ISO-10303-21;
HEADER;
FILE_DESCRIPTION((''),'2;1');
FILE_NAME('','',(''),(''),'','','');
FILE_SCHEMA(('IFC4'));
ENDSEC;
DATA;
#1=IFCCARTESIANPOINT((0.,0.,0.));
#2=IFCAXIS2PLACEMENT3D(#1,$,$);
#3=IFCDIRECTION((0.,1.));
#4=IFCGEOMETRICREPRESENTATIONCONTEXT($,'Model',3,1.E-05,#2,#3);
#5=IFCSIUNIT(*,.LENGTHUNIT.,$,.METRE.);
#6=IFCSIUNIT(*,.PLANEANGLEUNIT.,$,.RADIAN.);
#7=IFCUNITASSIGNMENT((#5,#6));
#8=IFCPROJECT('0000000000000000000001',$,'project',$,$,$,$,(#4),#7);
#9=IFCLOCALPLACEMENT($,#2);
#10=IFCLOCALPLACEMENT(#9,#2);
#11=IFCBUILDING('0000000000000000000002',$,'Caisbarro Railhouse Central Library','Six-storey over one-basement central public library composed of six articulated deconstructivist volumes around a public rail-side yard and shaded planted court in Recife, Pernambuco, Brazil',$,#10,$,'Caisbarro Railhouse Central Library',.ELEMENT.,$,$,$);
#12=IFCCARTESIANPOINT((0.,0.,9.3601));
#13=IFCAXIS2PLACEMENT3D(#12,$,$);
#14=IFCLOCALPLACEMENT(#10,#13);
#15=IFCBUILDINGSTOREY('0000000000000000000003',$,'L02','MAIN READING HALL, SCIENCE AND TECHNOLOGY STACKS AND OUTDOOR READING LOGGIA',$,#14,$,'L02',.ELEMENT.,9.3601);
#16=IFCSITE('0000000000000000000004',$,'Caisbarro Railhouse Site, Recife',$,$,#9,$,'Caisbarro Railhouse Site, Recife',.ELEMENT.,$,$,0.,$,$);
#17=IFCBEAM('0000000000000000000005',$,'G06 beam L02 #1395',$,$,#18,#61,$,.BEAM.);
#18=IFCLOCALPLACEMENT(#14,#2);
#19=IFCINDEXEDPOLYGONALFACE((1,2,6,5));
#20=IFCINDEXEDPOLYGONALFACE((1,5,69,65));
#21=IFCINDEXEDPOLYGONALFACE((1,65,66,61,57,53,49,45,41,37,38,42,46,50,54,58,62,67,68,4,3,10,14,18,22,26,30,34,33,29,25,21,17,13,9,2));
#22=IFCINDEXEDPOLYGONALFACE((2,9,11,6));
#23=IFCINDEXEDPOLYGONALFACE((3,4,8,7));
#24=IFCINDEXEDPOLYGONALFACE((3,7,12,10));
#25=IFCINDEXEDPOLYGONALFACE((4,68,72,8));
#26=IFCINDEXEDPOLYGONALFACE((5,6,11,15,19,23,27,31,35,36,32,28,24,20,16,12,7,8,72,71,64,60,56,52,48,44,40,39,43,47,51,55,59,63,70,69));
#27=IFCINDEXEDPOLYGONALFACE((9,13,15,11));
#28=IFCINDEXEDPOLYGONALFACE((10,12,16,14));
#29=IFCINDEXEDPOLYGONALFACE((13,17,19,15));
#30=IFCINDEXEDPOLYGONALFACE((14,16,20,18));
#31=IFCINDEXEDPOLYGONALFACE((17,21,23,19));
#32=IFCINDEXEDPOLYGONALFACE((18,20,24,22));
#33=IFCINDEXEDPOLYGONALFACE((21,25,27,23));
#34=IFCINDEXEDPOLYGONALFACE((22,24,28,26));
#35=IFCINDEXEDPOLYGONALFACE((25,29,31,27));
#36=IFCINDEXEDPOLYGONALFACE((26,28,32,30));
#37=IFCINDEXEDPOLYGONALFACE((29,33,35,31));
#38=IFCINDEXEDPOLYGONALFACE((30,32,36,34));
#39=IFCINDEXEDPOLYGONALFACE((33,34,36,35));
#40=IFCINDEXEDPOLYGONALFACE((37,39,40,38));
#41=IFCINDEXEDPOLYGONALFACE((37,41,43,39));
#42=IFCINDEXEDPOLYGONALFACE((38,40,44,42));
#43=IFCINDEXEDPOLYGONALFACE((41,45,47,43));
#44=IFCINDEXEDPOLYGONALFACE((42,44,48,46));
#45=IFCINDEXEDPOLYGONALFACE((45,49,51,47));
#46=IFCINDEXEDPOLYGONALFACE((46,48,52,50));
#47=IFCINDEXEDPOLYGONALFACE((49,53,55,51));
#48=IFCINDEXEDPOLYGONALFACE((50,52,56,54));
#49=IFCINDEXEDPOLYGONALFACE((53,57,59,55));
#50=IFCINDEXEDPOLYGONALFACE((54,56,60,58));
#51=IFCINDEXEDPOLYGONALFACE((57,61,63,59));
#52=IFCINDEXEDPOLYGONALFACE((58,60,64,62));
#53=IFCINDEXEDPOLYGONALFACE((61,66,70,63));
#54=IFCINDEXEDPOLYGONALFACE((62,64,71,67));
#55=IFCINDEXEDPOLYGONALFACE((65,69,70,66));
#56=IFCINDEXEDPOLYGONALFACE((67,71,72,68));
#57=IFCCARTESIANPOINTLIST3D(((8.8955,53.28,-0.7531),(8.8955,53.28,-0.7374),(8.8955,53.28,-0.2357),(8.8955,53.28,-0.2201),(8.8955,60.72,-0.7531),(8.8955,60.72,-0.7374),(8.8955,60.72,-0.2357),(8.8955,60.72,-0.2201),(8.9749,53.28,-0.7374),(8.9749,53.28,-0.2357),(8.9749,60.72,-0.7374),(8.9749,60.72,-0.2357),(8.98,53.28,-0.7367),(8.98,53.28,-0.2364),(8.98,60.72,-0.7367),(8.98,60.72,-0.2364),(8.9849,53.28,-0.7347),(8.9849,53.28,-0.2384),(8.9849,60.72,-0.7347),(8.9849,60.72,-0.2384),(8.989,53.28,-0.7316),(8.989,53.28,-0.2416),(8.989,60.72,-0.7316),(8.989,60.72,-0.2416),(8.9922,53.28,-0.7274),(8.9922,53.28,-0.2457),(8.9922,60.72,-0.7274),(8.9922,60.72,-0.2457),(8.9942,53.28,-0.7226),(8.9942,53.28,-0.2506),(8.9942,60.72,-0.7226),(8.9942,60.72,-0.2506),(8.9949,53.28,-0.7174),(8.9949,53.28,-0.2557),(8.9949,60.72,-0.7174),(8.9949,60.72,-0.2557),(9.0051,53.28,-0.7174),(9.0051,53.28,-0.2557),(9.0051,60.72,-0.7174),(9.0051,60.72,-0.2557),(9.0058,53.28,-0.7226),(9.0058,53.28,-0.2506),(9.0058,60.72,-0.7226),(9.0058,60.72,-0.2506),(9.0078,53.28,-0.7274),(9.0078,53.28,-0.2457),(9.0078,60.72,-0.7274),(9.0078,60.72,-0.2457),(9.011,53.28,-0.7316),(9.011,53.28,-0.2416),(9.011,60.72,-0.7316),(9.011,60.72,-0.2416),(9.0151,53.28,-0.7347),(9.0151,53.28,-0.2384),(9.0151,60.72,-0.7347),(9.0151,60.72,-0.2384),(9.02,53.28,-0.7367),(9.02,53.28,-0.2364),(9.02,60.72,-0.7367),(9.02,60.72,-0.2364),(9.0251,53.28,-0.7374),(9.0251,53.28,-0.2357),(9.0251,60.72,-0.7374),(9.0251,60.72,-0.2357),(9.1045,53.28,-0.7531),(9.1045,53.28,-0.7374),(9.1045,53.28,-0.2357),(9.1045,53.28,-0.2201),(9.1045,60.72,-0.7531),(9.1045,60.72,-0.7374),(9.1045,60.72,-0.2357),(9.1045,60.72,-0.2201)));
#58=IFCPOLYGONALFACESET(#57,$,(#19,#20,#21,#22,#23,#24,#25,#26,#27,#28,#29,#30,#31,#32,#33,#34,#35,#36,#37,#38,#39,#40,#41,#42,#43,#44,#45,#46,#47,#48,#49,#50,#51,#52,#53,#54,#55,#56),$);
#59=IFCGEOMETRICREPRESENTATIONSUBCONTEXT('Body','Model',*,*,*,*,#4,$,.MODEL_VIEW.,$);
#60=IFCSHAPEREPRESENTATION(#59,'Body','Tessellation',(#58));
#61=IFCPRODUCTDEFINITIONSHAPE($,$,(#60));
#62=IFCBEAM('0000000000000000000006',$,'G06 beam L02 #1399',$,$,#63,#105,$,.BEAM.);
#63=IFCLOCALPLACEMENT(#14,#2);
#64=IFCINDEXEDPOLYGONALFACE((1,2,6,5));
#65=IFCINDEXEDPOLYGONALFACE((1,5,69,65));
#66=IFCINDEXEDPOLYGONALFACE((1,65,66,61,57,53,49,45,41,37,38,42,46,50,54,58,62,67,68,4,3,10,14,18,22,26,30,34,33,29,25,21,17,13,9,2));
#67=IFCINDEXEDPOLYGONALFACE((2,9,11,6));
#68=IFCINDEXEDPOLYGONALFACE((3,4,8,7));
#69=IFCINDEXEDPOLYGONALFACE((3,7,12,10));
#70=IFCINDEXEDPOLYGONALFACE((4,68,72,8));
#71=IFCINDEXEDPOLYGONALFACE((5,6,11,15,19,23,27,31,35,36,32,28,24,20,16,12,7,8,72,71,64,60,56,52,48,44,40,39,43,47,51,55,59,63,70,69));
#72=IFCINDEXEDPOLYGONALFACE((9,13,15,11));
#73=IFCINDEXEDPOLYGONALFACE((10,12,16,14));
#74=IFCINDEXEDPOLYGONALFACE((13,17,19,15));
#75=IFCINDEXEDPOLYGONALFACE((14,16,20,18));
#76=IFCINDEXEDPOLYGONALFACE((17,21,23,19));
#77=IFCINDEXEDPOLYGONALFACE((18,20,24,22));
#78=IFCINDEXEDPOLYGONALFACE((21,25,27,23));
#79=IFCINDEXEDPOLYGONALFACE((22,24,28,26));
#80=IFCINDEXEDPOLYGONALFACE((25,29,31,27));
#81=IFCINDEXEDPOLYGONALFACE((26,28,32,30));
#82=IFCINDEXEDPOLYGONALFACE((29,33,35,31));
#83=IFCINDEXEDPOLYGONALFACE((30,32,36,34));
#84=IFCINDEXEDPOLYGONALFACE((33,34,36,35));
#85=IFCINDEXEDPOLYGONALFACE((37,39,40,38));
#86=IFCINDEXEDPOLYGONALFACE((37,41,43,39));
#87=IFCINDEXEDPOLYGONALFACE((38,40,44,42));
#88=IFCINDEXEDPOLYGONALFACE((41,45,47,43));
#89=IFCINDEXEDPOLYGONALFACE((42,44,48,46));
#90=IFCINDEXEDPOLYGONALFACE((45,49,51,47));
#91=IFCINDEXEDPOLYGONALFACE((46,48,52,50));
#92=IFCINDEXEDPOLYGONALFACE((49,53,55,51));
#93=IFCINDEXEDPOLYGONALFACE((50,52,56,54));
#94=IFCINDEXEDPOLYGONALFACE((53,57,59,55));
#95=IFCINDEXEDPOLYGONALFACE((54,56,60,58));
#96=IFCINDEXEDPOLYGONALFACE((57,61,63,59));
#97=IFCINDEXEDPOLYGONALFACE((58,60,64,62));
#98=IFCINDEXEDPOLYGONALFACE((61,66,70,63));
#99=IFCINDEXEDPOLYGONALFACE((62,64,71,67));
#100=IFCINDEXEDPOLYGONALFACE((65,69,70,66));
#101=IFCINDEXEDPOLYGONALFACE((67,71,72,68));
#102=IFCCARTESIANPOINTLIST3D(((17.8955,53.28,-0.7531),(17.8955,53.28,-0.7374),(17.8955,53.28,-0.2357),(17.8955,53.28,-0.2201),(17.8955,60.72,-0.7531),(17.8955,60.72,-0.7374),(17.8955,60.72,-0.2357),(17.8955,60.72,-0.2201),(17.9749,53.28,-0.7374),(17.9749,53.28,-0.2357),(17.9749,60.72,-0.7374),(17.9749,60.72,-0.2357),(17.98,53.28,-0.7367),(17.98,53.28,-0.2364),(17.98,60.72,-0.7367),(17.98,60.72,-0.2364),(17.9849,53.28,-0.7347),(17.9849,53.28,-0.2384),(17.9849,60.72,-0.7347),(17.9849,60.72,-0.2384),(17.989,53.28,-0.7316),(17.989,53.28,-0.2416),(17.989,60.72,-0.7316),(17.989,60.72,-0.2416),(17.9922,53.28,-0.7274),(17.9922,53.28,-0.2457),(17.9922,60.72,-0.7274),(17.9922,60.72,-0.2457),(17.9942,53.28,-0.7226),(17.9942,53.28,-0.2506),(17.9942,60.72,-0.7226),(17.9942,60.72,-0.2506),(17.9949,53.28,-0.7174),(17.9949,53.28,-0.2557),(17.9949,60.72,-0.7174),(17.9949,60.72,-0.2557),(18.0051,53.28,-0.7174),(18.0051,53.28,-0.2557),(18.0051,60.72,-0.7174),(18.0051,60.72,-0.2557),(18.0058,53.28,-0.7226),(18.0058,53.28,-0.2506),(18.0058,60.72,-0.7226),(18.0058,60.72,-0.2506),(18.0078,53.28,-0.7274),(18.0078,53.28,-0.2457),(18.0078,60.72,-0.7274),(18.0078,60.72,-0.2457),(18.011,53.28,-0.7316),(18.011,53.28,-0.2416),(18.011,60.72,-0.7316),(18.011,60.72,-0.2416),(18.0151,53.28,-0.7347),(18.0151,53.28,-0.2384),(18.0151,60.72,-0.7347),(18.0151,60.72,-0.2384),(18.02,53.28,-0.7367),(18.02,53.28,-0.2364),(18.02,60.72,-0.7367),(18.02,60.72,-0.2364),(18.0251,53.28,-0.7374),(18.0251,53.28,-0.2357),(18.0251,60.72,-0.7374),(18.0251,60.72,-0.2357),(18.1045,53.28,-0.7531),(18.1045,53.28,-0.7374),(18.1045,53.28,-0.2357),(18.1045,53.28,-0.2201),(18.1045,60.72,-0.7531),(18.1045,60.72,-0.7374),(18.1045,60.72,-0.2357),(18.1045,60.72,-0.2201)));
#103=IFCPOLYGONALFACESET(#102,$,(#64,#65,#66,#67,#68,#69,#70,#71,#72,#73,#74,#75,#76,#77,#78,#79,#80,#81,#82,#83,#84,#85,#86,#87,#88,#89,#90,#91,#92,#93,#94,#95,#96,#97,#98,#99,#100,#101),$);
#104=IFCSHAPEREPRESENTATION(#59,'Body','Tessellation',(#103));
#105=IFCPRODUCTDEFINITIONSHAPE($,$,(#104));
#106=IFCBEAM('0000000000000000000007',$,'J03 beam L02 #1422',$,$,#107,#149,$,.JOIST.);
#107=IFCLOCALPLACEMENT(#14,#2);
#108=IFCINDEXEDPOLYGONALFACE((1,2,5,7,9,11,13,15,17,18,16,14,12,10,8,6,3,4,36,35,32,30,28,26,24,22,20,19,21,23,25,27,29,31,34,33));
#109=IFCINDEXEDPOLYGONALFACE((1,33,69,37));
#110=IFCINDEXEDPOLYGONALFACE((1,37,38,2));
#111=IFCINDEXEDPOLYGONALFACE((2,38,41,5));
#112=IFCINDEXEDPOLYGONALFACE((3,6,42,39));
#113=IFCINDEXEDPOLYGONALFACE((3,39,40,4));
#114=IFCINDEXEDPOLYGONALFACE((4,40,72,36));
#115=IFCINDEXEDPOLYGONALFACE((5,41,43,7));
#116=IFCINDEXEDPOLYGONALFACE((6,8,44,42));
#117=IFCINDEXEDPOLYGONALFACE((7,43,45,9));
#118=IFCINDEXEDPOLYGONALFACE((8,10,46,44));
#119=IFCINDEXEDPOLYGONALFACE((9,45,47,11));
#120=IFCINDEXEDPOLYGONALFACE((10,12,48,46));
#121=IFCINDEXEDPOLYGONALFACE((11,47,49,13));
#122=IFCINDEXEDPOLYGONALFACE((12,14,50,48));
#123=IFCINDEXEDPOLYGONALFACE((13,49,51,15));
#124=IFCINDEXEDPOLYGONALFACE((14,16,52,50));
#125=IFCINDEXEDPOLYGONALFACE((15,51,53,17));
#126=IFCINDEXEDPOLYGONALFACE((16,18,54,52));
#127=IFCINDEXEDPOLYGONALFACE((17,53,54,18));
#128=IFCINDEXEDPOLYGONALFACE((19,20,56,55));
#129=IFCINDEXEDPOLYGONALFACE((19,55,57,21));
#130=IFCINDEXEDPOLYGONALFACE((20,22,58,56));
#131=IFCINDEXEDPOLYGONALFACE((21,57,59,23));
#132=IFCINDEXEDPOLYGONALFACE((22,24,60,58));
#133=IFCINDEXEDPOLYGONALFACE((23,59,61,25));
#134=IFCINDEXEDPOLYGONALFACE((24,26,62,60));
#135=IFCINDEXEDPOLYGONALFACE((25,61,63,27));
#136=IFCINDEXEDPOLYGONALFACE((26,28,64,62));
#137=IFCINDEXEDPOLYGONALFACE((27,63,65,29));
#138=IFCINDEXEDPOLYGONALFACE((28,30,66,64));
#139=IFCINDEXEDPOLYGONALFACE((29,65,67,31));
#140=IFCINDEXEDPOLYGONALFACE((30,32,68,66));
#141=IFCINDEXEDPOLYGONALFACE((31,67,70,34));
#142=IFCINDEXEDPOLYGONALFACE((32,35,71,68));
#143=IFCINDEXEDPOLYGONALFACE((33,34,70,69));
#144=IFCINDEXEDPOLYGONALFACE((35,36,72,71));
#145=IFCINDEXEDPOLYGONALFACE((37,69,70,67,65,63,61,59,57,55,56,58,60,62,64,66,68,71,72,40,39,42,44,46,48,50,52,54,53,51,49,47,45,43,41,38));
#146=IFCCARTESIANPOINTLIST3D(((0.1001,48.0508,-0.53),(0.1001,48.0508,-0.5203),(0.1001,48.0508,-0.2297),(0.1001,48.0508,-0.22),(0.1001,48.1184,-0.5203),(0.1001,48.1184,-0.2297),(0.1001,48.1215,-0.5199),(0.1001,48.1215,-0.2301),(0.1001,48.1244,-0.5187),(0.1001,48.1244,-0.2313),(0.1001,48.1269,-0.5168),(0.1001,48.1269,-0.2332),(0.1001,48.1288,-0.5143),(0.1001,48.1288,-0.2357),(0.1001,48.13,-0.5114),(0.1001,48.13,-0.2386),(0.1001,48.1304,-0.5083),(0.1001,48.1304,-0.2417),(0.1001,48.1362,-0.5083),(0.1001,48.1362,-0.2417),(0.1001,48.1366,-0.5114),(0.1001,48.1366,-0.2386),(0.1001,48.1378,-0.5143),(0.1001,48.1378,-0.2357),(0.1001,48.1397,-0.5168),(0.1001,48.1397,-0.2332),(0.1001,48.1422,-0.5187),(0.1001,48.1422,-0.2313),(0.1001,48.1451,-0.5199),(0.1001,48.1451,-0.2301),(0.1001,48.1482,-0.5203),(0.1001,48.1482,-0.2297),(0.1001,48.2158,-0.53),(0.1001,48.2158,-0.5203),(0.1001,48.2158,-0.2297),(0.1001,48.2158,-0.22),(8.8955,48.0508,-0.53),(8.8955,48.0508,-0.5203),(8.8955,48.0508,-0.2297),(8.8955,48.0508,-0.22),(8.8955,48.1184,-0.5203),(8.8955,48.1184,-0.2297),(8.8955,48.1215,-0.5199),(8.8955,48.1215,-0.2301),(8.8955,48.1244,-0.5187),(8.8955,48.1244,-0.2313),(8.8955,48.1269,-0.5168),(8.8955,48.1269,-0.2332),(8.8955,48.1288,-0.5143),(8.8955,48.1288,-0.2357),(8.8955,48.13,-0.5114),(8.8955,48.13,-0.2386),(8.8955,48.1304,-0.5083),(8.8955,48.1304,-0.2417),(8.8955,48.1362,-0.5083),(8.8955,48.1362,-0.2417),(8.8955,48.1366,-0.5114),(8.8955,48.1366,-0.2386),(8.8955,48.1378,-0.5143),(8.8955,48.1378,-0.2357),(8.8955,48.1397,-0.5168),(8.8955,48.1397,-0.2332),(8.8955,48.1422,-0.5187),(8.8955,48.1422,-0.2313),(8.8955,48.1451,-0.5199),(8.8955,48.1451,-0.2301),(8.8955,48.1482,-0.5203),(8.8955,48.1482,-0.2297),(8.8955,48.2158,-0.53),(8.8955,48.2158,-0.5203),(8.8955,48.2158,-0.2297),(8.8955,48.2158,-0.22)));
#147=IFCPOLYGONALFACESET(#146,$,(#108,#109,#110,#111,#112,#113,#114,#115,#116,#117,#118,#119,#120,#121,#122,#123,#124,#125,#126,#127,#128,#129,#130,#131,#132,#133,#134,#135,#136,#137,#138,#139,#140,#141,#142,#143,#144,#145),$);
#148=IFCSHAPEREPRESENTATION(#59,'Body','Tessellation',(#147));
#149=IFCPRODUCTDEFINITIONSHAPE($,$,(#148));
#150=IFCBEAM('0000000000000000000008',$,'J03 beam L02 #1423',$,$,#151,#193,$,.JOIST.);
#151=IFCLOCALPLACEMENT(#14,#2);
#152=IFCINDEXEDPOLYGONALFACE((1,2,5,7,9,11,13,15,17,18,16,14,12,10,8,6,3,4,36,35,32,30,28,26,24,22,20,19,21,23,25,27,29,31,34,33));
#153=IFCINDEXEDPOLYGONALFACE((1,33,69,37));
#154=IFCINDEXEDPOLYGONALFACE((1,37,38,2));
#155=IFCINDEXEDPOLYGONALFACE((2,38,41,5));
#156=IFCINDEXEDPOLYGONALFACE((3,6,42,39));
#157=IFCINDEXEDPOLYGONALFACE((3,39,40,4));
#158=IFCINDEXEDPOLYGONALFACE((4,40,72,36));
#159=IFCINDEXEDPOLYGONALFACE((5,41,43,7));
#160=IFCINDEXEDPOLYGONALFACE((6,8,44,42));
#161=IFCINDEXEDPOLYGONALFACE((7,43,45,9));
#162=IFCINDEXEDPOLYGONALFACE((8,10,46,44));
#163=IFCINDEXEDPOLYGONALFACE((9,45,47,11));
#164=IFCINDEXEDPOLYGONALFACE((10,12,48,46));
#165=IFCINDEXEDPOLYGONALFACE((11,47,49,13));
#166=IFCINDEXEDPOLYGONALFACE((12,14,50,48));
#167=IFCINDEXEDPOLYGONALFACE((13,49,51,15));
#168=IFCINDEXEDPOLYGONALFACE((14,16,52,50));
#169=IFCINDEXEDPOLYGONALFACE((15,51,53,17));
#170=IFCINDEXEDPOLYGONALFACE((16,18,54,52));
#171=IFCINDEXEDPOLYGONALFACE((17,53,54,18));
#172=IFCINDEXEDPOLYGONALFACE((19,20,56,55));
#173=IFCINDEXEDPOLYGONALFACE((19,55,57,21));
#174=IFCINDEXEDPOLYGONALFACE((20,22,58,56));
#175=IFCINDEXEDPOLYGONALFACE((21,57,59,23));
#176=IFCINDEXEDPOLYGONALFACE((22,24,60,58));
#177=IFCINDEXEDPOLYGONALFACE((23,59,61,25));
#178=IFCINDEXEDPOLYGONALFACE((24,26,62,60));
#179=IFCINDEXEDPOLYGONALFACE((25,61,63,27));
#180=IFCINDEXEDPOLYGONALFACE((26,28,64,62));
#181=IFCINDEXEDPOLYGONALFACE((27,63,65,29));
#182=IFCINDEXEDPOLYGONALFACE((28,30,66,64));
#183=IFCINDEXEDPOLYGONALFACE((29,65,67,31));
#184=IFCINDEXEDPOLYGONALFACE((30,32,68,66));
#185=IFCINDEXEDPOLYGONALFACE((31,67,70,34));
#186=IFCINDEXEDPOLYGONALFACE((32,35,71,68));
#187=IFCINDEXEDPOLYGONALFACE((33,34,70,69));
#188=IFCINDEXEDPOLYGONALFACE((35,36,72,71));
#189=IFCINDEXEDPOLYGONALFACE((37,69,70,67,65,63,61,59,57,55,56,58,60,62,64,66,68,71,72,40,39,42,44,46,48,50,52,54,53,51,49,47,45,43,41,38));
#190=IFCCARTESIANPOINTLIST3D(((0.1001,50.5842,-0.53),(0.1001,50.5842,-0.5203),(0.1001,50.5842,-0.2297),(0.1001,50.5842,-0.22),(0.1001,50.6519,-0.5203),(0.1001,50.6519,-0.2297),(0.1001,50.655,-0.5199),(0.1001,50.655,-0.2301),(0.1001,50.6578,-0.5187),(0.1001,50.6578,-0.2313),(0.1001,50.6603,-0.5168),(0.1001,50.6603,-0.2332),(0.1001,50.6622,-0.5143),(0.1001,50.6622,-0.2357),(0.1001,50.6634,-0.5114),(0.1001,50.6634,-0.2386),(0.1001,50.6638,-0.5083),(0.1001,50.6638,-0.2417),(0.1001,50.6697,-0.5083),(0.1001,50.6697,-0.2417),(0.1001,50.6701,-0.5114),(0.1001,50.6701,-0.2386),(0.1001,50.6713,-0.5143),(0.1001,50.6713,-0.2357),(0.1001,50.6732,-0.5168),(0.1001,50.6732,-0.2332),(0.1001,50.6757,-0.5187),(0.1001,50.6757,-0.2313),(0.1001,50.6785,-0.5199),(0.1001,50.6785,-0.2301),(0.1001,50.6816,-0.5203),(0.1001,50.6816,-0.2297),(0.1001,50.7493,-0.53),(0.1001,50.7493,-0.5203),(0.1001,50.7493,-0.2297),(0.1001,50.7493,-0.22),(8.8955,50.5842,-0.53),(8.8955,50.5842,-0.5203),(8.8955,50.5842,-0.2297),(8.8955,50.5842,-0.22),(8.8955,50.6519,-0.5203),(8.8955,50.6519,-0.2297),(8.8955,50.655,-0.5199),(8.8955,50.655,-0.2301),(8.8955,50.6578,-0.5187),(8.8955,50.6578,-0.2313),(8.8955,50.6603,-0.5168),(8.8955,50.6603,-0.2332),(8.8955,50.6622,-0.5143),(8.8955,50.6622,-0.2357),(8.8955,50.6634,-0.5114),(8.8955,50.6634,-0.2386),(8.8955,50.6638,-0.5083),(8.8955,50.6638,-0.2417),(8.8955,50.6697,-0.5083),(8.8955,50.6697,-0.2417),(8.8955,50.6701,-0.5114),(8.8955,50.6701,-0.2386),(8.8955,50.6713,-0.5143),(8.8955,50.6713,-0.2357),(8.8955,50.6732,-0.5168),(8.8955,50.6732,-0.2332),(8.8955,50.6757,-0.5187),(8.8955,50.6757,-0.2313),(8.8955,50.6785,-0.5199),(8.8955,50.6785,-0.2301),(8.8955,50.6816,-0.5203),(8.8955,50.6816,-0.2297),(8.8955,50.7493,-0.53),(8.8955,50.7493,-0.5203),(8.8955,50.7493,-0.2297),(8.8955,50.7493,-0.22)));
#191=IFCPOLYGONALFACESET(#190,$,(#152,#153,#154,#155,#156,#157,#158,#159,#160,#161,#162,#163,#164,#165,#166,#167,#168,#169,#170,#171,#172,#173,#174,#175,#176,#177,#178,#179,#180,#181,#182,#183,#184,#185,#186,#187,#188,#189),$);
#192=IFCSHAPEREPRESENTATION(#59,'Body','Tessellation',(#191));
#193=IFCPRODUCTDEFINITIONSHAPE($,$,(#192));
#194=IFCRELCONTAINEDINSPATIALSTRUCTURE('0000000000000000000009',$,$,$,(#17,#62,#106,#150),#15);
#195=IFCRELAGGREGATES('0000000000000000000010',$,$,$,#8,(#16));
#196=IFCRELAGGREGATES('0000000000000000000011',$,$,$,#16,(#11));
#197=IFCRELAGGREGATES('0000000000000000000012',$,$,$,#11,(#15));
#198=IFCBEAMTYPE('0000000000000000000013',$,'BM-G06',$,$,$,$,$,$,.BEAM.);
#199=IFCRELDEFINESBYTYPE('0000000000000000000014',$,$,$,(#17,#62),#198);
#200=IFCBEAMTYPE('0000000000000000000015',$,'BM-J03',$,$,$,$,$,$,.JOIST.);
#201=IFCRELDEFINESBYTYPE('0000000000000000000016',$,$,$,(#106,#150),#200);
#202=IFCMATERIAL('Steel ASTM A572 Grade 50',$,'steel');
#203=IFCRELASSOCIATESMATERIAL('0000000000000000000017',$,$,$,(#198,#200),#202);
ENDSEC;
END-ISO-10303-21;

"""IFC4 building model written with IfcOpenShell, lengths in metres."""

from ifc_helpers import new_model, si_unit, direction, frame, origin, origin_2d, place, context, subcontext, project, spatial, i_section, extrude, material, material_profile, profile_set, type_object, element, save


model = new_model("IFC4")

# Units and contexts
model_context = context("Model", 3, precision=1e-05, world=origin(), true_north=direction((0.0, 1.0)))
body_context = subcontext(model_context, "Body", "Model", "MODEL_VIEW")
ifc_project = project(units=[si_unit("LENGTHUNIT", "METRE"), si_unit("PLANEANGLEUNIT", "RADIAN")], contexts=[model_context])

# Site, building, storey
site_placement = place(None, origin())
site = spatial("IfcSite", under=ifc_project, at=site_placement, Name="Caisbarro Railhouse Site, Recife", LongName="Caisbarro Railhouse Site, Recife", CompositionType="ELEMENT", RefElevation=0.0)
building_placement = place(site_placement, origin())
building = spatial("IfcBuilding", under=site, at=building_placement, Name="Caisbarro Railhouse Central Library", Description="Six-storey over one-basement central public library composed of six articulated deconstructivist volumes around a public rail-side yard and shaded planted court in Recife, Pernambuco, Brazil", LongName="Caisbarro Railhouse Central Library", CompositionType="ELEMENT")
storey_placement = place(building_placement, frame((0.0, 0.0, 9.3601)))
storey = spatial("IfcBuildingStorey", under=building, at=storey_placement, Name="L02", Description="MAIN READING HALL, SCIENCE AND TECHNOLOGY STACKS AND OUTDOOR READING LOGGIA", LongName="L02", CompositionType="ELEMENT", Elevation=9.3601)

# Shared definitions
ifc_material_1 = material(Name="Steel ASTM A572 Grade 50", Category="steel")

# Beams
ifc_material_profile_1 = material_profile(ifc_material_1, i_section(OverallWidth=0.209, OverallDepth=0.533, WebThickness=0.0103, FlangeThickness=0.0156, FilletRadius=0.02, at=origin_2d()), Name="W530X92.0")
ifc_profile_set_1 = profile_set([ifc_material_profile_1], Name="Steel ASTM A572 Grade 50")
beam_type_1 = type_object("IfcBeamType", Name="BM-G06", PredefinedType="BEAM", material=ifc_profile_set_1)
for number, where, z_axis, x_axis, name in (
    (1, (9.0, 53.28, -0.4866), (0.0, 1.0, 0.0), (-1.0, 0.0, 0.0), "G06 beam L02 #1395"),
    (2, (18.0, 53.28, -0.4866), (0.0, 1.0, 0.0), (-1.0, 0.0, 0.0), "G06 beam L02 #1399"),
):
    element("IfcBeam", number, at=place(storey_placement, frame(where, z_axis=z_axis, x_axis=x_axis)), inside=storey, type_object=beam_type_1, Name=name, PredefinedType="BEAM", context=body_context, shape_type="SweptSolid", body=[
        extrude(i_section(OverallWidth=0.209, OverallDepth=0.533, WebThickness=0.0103, FlangeThickness=0.0156, FilletRadius=0.02, at=origin_2d()), origin(), (0.0, 0.0, 1.0), 7.4399),
    ])
ifc_material_profile_2 = material_profile(ifc_material_1, i_section(OverallWidth=0.165, OverallDepth=0.3101, WebThickness=0.0059, FlangeThickness=0.0098, FilletRadius=0.012, at=origin_2d()), Name="W310X38.7")
ifc_profile_set_2 = profile_set([ifc_material_profile_2], Name="Steel ASTM A572 Grade 50")
beam_type_2 = type_object("IfcBeamType", Name="BM-J03", PredefinedType="JOIST", material=ifc_profile_set_2)
for number, where, z_axis, x_axis, name in (
    (3, (0.1001, 48.1333, -0.375), (1.0, 0.0, 0.0), (0.0, 1.0, 0.0), "J03 beam L02 #1422"),
    (4, (0.1001, 50.6667, -0.375), (1.0, 0.0, 0.0), (0.0, 1.0, 0.0), "J03 beam L02 #1423"),
):
    element("IfcBeam", number, at=place(storey_placement, frame(where, z_axis=z_axis, x_axis=x_axis)), inside=storey, type_object=beam_type_2, Name=name, PredefinedType="JOIST", context=body_context, shape_type="SweptSolid", body=[
        extrude(i_section(OverallWidth=0.165, OverallDepth=0.3101, WebThickness=0.0059, FlangeThickness=0.0098, FilletRadius=0.012, at=origin_2d()), origin(), (0.0, 0.0, 1.0), 8.7954),
    ])

save(model, "model.ifc")
